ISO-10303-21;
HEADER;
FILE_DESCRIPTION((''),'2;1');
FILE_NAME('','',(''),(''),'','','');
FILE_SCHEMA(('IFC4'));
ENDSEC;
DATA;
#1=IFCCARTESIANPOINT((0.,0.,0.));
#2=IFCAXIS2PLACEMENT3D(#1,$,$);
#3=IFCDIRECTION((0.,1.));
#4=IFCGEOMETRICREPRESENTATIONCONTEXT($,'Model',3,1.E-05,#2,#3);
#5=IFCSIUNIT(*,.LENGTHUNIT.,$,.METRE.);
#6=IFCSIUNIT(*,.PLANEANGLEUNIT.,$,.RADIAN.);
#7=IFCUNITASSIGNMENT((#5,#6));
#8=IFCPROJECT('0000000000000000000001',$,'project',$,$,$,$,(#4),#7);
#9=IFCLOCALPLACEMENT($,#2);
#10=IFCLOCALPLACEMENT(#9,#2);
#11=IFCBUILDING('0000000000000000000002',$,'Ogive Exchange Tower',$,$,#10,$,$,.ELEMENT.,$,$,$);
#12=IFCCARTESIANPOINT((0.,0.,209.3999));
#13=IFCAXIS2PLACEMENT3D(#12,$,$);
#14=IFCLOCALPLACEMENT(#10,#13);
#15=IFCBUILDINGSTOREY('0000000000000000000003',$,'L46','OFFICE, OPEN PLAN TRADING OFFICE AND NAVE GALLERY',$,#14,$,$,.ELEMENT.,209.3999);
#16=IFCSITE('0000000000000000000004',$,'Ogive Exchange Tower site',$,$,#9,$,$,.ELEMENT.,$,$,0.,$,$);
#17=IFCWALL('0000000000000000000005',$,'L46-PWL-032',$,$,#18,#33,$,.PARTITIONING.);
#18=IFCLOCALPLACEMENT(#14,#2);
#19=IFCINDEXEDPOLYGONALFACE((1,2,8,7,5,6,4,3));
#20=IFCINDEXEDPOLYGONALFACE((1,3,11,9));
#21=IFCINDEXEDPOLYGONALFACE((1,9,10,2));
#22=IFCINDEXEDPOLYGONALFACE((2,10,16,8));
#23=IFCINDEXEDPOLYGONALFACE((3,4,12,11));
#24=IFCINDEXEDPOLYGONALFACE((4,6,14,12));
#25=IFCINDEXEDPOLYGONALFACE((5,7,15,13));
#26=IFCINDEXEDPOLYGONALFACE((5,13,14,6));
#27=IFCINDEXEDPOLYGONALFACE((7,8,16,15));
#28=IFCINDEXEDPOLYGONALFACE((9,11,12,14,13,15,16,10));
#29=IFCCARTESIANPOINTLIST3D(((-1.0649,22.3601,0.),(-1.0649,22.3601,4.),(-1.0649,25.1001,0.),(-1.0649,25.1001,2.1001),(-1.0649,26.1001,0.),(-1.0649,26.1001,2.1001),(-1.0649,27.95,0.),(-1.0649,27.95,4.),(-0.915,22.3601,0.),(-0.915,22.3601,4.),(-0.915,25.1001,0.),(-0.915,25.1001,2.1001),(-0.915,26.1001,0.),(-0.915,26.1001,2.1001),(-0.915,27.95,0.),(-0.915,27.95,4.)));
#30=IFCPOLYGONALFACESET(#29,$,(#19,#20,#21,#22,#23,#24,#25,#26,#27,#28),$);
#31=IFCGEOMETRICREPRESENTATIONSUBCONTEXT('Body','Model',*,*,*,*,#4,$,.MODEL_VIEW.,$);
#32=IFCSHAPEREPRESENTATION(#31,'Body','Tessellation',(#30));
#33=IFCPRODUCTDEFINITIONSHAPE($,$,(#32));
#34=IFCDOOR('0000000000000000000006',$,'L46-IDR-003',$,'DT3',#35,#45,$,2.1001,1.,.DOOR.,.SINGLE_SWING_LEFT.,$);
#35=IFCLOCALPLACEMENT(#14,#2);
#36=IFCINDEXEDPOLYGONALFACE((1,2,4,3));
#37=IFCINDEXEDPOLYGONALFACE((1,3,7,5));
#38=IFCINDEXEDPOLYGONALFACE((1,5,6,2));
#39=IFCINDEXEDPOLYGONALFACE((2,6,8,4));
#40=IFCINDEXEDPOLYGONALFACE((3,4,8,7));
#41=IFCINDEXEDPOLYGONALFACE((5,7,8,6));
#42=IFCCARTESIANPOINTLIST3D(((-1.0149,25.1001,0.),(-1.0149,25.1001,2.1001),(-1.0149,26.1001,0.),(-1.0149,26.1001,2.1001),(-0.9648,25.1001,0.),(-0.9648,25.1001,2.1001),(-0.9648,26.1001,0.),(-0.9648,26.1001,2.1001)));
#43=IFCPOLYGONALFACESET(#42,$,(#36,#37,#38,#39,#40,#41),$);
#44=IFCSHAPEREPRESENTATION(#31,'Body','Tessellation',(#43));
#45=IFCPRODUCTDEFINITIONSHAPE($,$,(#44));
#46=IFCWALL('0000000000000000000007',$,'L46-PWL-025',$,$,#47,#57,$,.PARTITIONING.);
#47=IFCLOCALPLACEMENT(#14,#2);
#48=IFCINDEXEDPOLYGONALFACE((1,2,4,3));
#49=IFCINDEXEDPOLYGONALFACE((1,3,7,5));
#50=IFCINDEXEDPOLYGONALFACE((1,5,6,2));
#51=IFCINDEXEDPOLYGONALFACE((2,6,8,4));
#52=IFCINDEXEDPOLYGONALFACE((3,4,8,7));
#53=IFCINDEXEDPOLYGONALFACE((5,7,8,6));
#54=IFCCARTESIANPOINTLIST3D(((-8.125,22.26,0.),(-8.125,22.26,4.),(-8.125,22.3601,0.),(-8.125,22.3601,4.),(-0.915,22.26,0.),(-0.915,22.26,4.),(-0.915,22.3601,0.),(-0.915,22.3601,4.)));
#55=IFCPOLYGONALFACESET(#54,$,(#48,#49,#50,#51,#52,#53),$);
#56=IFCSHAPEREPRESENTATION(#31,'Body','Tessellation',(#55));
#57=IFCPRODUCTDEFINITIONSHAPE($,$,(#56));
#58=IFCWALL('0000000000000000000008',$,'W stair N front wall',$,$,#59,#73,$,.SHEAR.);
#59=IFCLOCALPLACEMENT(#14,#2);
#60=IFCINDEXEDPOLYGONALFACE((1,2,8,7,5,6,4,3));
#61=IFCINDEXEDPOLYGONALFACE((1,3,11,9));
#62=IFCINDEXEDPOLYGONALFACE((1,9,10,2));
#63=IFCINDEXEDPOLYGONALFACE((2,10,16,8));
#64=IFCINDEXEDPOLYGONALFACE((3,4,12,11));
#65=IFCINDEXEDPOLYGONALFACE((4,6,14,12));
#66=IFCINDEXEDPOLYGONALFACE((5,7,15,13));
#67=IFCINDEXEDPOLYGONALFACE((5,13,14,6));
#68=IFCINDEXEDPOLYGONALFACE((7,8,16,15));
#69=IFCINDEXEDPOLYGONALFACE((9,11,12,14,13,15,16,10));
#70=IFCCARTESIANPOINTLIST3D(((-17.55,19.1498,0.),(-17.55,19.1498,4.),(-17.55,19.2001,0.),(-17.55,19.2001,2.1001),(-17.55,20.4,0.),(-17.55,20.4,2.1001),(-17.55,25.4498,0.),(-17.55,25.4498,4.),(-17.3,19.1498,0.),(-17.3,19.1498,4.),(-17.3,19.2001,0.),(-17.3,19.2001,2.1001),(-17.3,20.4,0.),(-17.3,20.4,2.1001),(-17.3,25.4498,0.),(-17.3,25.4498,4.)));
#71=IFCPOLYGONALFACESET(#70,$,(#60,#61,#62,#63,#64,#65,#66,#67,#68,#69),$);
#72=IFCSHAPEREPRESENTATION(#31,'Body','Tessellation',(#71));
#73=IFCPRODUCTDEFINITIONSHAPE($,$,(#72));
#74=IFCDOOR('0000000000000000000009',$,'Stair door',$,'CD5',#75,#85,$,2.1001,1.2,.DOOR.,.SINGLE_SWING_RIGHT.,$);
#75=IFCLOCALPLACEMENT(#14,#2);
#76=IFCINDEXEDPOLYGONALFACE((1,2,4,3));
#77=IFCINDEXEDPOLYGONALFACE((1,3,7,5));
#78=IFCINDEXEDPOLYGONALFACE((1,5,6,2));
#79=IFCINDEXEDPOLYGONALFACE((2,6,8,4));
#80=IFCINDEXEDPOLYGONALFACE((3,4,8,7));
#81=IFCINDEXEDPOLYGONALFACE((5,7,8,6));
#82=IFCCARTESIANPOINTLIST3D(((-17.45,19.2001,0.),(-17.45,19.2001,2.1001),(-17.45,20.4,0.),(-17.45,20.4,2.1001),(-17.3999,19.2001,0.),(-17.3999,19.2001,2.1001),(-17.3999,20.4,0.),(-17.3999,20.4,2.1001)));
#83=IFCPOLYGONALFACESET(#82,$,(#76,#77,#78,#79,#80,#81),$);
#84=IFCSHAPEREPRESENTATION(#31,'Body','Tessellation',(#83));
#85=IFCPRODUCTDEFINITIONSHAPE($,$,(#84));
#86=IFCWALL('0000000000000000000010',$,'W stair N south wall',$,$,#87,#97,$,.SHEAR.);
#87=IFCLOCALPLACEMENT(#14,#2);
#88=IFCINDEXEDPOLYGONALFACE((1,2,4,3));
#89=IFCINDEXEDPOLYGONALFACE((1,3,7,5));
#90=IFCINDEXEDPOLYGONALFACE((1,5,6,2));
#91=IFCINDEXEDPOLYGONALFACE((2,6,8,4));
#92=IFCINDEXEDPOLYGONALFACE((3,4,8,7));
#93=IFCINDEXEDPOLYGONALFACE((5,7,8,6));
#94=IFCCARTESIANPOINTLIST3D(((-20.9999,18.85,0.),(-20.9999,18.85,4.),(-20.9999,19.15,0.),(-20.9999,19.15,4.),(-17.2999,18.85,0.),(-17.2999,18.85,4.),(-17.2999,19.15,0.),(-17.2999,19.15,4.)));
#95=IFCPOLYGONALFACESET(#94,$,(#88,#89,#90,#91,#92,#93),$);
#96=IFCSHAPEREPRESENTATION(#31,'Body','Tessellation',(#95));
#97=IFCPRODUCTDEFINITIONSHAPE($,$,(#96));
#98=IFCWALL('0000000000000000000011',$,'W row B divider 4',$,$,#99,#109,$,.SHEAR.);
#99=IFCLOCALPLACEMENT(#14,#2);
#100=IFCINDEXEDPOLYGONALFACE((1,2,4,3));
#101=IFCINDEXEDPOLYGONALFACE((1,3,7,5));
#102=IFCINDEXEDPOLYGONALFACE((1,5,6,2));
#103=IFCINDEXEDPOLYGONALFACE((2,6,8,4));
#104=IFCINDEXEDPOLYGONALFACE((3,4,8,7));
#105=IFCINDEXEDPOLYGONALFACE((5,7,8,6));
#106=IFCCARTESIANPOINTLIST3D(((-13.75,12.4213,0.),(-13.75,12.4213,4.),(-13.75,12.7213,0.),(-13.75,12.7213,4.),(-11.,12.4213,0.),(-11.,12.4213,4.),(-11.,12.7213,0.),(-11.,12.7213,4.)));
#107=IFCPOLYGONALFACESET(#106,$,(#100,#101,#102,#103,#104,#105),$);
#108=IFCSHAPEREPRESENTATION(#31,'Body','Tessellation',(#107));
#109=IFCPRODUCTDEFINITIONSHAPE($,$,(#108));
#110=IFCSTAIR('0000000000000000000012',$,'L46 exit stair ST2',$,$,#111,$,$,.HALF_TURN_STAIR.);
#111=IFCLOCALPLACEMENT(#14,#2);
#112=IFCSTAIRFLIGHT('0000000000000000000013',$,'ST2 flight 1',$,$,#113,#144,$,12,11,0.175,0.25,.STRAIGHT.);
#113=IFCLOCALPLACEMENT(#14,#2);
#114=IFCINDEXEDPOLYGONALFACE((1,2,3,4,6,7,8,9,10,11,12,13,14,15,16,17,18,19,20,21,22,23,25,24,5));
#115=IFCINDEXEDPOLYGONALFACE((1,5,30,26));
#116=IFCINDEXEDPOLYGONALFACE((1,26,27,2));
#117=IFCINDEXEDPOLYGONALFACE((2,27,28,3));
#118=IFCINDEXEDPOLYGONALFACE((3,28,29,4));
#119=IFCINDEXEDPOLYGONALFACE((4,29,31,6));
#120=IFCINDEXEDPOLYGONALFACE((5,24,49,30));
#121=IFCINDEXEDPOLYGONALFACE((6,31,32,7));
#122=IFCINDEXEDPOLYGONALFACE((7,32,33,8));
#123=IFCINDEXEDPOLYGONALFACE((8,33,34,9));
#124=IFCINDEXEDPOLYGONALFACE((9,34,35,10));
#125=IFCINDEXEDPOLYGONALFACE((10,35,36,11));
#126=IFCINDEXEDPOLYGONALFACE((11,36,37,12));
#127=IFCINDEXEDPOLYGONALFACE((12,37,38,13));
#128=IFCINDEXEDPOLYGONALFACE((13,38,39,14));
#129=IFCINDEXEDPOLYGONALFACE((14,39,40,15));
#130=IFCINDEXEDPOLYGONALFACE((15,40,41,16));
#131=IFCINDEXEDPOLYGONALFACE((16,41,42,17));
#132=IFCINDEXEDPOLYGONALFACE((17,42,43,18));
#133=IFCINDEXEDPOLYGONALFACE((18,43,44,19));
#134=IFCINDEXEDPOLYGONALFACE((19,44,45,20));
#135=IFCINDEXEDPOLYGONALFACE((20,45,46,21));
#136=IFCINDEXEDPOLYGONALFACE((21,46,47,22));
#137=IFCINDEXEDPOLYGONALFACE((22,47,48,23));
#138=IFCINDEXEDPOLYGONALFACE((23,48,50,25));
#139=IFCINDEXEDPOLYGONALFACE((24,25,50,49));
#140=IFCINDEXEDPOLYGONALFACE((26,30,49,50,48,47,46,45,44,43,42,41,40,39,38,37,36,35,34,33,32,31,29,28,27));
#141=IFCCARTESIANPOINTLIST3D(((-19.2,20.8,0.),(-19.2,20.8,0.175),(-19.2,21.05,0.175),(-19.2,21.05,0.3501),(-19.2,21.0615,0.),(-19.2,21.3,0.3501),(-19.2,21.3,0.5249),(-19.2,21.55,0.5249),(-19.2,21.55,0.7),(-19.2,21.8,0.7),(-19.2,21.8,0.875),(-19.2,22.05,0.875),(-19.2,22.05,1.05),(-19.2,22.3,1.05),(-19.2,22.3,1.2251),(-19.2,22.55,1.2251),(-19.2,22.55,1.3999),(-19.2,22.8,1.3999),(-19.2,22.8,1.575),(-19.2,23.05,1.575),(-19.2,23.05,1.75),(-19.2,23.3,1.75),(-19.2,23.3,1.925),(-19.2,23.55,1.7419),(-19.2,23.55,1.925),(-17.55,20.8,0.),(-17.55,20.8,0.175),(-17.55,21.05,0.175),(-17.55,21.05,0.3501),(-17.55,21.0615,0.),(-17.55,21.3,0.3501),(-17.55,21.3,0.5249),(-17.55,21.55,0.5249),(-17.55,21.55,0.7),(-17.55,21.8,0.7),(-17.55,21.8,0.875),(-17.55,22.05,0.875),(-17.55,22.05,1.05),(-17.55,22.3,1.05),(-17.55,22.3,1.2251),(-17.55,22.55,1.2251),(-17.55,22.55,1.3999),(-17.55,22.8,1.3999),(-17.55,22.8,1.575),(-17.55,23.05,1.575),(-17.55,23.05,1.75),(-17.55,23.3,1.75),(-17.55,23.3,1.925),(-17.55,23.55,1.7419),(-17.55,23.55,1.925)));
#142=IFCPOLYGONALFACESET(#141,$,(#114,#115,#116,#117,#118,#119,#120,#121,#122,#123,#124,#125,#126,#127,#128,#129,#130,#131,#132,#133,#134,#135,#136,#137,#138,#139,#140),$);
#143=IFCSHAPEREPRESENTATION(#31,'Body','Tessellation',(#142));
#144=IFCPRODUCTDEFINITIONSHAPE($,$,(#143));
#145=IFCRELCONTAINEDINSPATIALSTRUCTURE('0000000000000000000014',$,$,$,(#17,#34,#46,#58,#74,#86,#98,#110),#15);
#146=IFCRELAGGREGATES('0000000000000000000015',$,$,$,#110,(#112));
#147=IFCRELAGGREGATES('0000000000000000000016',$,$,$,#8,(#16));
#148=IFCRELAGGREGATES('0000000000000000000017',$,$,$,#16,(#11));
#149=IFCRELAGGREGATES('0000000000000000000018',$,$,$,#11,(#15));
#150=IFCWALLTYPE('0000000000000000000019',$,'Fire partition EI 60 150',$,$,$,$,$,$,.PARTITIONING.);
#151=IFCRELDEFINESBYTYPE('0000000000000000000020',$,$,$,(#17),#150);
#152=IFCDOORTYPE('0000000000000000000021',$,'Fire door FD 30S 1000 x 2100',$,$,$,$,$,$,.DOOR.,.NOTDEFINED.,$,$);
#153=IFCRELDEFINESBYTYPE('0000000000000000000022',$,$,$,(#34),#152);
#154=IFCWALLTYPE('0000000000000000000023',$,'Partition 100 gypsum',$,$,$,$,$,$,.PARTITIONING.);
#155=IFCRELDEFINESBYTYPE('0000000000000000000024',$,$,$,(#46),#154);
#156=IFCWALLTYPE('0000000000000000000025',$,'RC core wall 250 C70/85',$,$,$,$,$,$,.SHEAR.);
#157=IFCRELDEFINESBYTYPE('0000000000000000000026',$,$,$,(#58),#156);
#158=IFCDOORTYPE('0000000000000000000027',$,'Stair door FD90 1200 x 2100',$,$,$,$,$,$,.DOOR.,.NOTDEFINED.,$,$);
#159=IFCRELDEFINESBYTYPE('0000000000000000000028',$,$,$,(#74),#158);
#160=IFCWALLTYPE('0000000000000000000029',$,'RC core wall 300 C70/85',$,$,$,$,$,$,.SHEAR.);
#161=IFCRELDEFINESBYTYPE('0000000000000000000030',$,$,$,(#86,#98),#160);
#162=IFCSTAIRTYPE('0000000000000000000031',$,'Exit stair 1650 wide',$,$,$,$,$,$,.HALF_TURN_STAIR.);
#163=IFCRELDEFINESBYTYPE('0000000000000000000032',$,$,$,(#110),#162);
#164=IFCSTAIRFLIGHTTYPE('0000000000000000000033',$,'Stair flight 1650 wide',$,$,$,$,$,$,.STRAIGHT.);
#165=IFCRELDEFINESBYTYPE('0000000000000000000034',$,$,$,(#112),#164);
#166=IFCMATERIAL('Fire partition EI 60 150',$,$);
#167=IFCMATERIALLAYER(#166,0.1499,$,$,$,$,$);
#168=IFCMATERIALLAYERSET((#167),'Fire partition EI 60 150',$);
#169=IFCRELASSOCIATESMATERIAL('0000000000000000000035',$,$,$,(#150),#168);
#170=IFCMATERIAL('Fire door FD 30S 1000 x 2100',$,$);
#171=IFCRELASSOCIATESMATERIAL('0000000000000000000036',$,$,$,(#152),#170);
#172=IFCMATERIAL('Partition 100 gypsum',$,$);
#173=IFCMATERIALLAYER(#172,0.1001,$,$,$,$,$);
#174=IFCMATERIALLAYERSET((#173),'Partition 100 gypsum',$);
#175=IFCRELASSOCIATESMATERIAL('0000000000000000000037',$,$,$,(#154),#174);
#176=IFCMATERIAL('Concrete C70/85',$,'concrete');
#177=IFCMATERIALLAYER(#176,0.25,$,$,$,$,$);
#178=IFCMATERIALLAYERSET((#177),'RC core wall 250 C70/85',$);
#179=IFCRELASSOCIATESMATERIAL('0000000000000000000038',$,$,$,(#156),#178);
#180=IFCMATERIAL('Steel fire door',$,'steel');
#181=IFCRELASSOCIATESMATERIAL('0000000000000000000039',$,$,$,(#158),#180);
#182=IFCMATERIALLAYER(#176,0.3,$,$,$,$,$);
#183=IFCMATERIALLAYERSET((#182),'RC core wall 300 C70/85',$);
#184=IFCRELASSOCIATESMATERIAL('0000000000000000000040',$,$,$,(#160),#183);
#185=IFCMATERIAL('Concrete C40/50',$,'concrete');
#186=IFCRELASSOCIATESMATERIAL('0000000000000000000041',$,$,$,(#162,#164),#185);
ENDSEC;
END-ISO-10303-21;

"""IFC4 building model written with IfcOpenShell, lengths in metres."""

from ifc_helpers import new_model, si_unit, direction, frame, frame_2d, origin, place, context, subcontext, project, spatial, polyline, rectangle, outline, extrude, material, layer, layer_set, type_object, element, fill, aggregate, save


model = new_model("IFC4")

# Units and contexts
model_context = context("Model", 3, precision=1e-05, world=origin(), true_north=direction((0.0, 1.0)))
body_context = subcontext(model_context, "Body", "Model", "MODEL_VIEW")
ifc_project = project(units=[si_unit("LENGTHUNIT", "METRE"), si_unit("PLANEANGLEUNIT", "RADIAN")], contexts=[model_context])

# Site, building, storey
site_placement = place(None, origin())
site = spatial("IfcSite", under=ifc_project, at=site_placement, Name="Ogive Exchange Tower site", CompositionType="ELEMENT", RefElevation=0.0)
building_placement = place(site_placement, origin())
building = spatial("IfcBuilding", under=site, at=building_placement, Name="Ogive Exchange Tower", CompositionType="ELEMENT")
storey_placement = place(building_placement, frame((0.0, 0.0, 209.3999)))
storey = spatial("IfcBuildingStorey", under=building, at=storey_placement, Name="L46", Description="OFFICE, OPEN PLAN TRADING OFFICE AND NAVE GALLERY", CompositionType="ELEMENT", Elevation=209.3999)

# Shared definitions
ifc_material_1 = material(Name="Fire partition EI 60 150")
ifc_layer_1 = layer(ifc_material_1, 0.1499)
ifc_layer_set_1 = layer_set([ifc_layer_1], Name="Fire partition EI 60 150")
wall_type_1 = type_object("IfcWallType", Name="Fire partition EI 60 150", PredefinedType="PARTITIONING", material=ifc_layer_set_1)
ifc_material_2 = material(Name="Fire door FD 30S 1000 x 2100")
door_type_1 = type_object("IfcDoorType", Name="Fire door FD 30S 1000 x 2100", OperationType="NOTDEFINED", PredefinedType="DOOR", material=ifc_material_2)

# Wall, opening, door
wall_1_placement = place(storey_placement, frame((-0.99, 22.3601, 0.0), z_axis=(0.0, 0.0, 1.0), x_axis=(0.0, 1.0, 0.0)))
wall_1 = element("IfcWall", 1, at=wall_1_placement, inside=storey, type_object=wall_type_1, Name="L46-PWL-032", PredefinedType="PARTITIONING", context=body_context, shape_type="SweptSolid", body=[
    extrude(rectangle(XDim=5.5898, YDim=0.1499, at=frame_2d((2.7949, 0.0))), origin(), (0.0, 0.0, 1.0), 4.0),
])
opening_1_placement = place(wall_1_placement, frame((2.74, 0.0, 0.0)))
opening_1 = element("IfcOpeningElement", 2, at=opening_1_placement, cuts=wall_1, PredefinedType="OPENING", context=body_context, shape_type="SweptSolid", body=[
    extrude(rectangle(XDim=1.0, YDim=2.1001, at=frame_2d((0.5, 1.05))), frame((0.0, 0.085, 0.0), z_axis=(0.0, -1.0, 0.0), x_axis=(1.0, 0.0, 0.0)), (0.0, 0.0, 1.0), 0.1699),
])
door_1_placement = place(opening_1_placement, origin())
door_1 = element("IfcDoor", 3, at=door_1_placement, inside=storey, type_object=door_type_1, Name="L46-IDR-003", ObjectType="DT3", OperationType="SINGLE_SWING_LEFT", OverallHeight=2.1001, OverallWidth=1.0, PredefinedType="DOOR", context=body_context, shape_type="SweptSolid", body=[
    extrude(rectangle(XDim=1.0, YDim=2.1001, at=frame_2d((0.5, 1.05))), frame((0.0, 0.0249, 0.0), z_axis=(0.0, -1.0, 0.0), x_axis=(1.0, 0.0, 0.0)), (0.0, 0.0, 1.0), 0.05),
])
fill(opening_1, door_1)

# Wall
ifc_material_3 = material(Name="Partition 100 gypsum")
ifc_layer_2 = layer(ifc_material_3, 0.1001)
ifc_layer_set_2 = layer_set([ifc_layer_2], Name="Partition 100 gypsum")
wall_type_2 = type_object("IfcWallType", Name="Partition 100 gypsum", PredefinedType="PARTITIONING", material=ifc_layer_set_2)
wall_2_placement = place(storey_placement, frame((-8.125, 22.3101, 0.0), z_axis=(0.0, 0.0, 1.0), x_axis=(1.0, 0.0, 0.0)))
element("IfcWall", 4, at=wall_2_placement, inside=storey, type_object=wall_type_2, Name="L46-PWL-025", PredefinedType="PARTITIONING", context=body_context, shape_type="SweptSolid", body=[
    extrude(rectangle(XDim=7.21, YDim=0.1001, at=frame_2d((3.605, 0.0))), origin(), (0.0, 0.0, 1.0), 4.0),
])

# Wall, opening, door
ifc_material_4 = material(Name="Concrete C70/85", Category="concrete")
ifc_layer_3 = layer(ifc_material_4, 0.25)
ifc_layer_set_3 = layer_set([ifc_layer_3], Name="RC core wall 250 C70/85")
wall_type_3 = type_object("IfcWallType", Name="RC core wall 250 C70/85", PredefinedType="SHEAR", material=ifc_layer_set_3)
wall_3_placement = place(storey_placement, frame((-17.425, 19.1499, 0.0), z_axis=(0.0, 0.0, 1.0), x_axis=(0.0, 1.0, 0.0)))
wall_3 = element("IfcWall", 5, at=wall_3_placement, inside=storey, type_object=wall_type_3, Name="W stair N front wall", PredefinedType="SHEAR", context=body_context, shape_type="SweptSolid", body=[
    extrude(rectangle(XDim=6.3, YDim=0.25, at=frame_2d((3.1499, 0.0))), origin(), (0.0, 0.0, 1.0), 4.0),
])
opening_2_placement = place(wall_3_placement, frame((0.05, 0.0, 0.0)))
opening_2 = element("IfcOpeningElement", 6, at=opening_2_placement, cuts=wall_3, PredefinedType="OPENING", context=body_context, shape_type="SweptSolid", body=[
    extrude(rectangle(XDim=1.2, YDim=2.1001, at=frame_2d((0.6001, 1.05))), frame((0.0, 0.135, 0.0), z_axis=(0.0, -1.0, 0.0), x_axis=(1.0, 0.0, 0.0)), (0.0, 0.0, 1.0), 0.27),
])
ifc_material_5 = material(Name="Steel fire door", Category="steel")
door_type_2 = type_object("IfcDoorType", Name="Stair door FD90 1200 x 2100", OperationType="NOTDEFINED", PredefinedType="DOOR", material=ifc_material_5)
door_2_placement = place(opening_2_placement, origin())
door_2 = element("IfcDoor", 7, at=door_2_placement, inside=storey, type_object=door_type_2, Name="Stair door", ObjectType="CD5", OperationType="SINGLE_SWING_RIGHT", OverallHeight=2.1001, OverallWidth=1.2, PredefinedType="DOOR", context=body_context, shape_type="SweptSolid", body=[
    extrude(rectangle(XDim=1.2, YDim=2.1001, at=frame_2d((0.6001, 1.05))), frame((0.0, 0.0249, 0.0), z_axis=(0.0, -1.0, 0.0), x_axis=(1.0, 0.0, 0.0)), (0.0, 0.0, 1.0), 0.05),
])
fill(opening_2, door_2)

# Walls
ifc_layer_4 = layer(ifc_material_4, 0.3)
ifc_layer_set_4 = layer_set([ifc_layer_4], Name="RC core wall 300 C70/85")
wall_type_4 = type_object("IfcWallType", Name="RC core wall 300 C70/85", PredefinedType="SHEAR", material=ifc_layer_set_4)
wall_4_placement = place(storey_placement, frame((-21.0, 19.0, 0.0), z_axis=(0.0, 0.0, 1.0), x_axis=(1.0, 0.0, 0.0)))
element("IfcWall", 8, at=wall_4_placement, inside=storey, type_object=wall_type_4, Name="W stair N south wall", PredefinedType="SHEAR", context=body_context, shape_type="SweptSolid", body=[
    extrude(rectangle(XDim=3.7, YDim=0.3, at=frame_2d((1.8501, 0.0))), origin(), (0.0, 0.0, 1.0), 4.0),
])
wall_5_placement = place(storey_placement, frame((-13.75, 12.5713, 0.0), z_axis=(0.0, 0.0, 1.0), x_axis=(1.0, 0.0, 0.0)))
element("IfcWall", 9, at=wall_5_placement, inside=storey, type_object=wall_type_4, Name="W row B divider 4", PredefinedType="SHEAR", context=body_context, shape_type="SweptSolid", body=[
    extrude(rectangle(XDim=2.75, YDim=0.3, at=frame_2d((1.375, 0.0))), origin(), (0.0, 0.0, 1.0), 4.0),
])

# Stair, stair flight
ifc_material_6 = material(Name="Concrete C40/50", Category="concrete")
stair_type = type_object("IfcStairType", Name="Exit stair 1650 wide", PredefinedType="HALF_TURN_STAIR", material=ifc_material_6)
stair_placement = place(storey_placement, origin())
stair = element("IfcStair", 10, at=stair_placement, inside=storey, type_object=stair_type, Name="L46 exit stair ST2", PredefinedType="HALF_TURN_STAIR")
stair_flight_type = type_object("IfcStairFlightType", Name="Stair flight 1650 wide", PredefinedType="STRAIGHT", material=ifc_material_6)
stair_flight_1_placement = place(storey_placement, frame((-18.375, 20.8, 0.0), z_axis=(0.0, 0.0, 1.0), x_axis=(0.0, 1.0, 0.0)))
stair_flight_1 = element("IfcStairFlight", 11, at=stair_flight_1_placement, type_object=stair_flight_type, Name="ST2 flight 1", NumberOfRisers=12, NumberOfTreads=11, PredefinedType="STRAIGHT", RiserHeight=0.175, TreadLength=0.25, context=body_context, shape_type="SweptSolid", body=[
    extrude(outline(polyline([(0.0, 0.0), (0.0, 0.175), (0.25, 0.175), (0.25, 0.3501), (0.5, 0.3501), (0.5, 0.5249), (0.75, 0.5249), (0.75, 0.7), (1.0, 0.7), (1.0, 0.875), (1.25, 0.875), (1.25, 1.05), (1.5, 1.05), (1.5, 1.2251), (1.75, 1.2251), (1.75, 1.3999), (2.0, 1.3999), (2.0, 1.575), (2.25, 1.575), (2.25, 1.75), (2.5, 1.75), (2.5, 1.925), (2.75, 1.925), (2.75, 2.1001), (2.75, 1.7419), (0.2615, 0.0), (0.0, 0.0)])), frame((0.0, 0.825, 0.0), z_axis=(0.0, -1.0, 0.0), x_axis=(1.0, 0.0, 0.0)), (0.0, 0.0, 1.0), 1.6499),
])
aggregate(stair, [stair_flight_1])

save(model, "model.ifc")
